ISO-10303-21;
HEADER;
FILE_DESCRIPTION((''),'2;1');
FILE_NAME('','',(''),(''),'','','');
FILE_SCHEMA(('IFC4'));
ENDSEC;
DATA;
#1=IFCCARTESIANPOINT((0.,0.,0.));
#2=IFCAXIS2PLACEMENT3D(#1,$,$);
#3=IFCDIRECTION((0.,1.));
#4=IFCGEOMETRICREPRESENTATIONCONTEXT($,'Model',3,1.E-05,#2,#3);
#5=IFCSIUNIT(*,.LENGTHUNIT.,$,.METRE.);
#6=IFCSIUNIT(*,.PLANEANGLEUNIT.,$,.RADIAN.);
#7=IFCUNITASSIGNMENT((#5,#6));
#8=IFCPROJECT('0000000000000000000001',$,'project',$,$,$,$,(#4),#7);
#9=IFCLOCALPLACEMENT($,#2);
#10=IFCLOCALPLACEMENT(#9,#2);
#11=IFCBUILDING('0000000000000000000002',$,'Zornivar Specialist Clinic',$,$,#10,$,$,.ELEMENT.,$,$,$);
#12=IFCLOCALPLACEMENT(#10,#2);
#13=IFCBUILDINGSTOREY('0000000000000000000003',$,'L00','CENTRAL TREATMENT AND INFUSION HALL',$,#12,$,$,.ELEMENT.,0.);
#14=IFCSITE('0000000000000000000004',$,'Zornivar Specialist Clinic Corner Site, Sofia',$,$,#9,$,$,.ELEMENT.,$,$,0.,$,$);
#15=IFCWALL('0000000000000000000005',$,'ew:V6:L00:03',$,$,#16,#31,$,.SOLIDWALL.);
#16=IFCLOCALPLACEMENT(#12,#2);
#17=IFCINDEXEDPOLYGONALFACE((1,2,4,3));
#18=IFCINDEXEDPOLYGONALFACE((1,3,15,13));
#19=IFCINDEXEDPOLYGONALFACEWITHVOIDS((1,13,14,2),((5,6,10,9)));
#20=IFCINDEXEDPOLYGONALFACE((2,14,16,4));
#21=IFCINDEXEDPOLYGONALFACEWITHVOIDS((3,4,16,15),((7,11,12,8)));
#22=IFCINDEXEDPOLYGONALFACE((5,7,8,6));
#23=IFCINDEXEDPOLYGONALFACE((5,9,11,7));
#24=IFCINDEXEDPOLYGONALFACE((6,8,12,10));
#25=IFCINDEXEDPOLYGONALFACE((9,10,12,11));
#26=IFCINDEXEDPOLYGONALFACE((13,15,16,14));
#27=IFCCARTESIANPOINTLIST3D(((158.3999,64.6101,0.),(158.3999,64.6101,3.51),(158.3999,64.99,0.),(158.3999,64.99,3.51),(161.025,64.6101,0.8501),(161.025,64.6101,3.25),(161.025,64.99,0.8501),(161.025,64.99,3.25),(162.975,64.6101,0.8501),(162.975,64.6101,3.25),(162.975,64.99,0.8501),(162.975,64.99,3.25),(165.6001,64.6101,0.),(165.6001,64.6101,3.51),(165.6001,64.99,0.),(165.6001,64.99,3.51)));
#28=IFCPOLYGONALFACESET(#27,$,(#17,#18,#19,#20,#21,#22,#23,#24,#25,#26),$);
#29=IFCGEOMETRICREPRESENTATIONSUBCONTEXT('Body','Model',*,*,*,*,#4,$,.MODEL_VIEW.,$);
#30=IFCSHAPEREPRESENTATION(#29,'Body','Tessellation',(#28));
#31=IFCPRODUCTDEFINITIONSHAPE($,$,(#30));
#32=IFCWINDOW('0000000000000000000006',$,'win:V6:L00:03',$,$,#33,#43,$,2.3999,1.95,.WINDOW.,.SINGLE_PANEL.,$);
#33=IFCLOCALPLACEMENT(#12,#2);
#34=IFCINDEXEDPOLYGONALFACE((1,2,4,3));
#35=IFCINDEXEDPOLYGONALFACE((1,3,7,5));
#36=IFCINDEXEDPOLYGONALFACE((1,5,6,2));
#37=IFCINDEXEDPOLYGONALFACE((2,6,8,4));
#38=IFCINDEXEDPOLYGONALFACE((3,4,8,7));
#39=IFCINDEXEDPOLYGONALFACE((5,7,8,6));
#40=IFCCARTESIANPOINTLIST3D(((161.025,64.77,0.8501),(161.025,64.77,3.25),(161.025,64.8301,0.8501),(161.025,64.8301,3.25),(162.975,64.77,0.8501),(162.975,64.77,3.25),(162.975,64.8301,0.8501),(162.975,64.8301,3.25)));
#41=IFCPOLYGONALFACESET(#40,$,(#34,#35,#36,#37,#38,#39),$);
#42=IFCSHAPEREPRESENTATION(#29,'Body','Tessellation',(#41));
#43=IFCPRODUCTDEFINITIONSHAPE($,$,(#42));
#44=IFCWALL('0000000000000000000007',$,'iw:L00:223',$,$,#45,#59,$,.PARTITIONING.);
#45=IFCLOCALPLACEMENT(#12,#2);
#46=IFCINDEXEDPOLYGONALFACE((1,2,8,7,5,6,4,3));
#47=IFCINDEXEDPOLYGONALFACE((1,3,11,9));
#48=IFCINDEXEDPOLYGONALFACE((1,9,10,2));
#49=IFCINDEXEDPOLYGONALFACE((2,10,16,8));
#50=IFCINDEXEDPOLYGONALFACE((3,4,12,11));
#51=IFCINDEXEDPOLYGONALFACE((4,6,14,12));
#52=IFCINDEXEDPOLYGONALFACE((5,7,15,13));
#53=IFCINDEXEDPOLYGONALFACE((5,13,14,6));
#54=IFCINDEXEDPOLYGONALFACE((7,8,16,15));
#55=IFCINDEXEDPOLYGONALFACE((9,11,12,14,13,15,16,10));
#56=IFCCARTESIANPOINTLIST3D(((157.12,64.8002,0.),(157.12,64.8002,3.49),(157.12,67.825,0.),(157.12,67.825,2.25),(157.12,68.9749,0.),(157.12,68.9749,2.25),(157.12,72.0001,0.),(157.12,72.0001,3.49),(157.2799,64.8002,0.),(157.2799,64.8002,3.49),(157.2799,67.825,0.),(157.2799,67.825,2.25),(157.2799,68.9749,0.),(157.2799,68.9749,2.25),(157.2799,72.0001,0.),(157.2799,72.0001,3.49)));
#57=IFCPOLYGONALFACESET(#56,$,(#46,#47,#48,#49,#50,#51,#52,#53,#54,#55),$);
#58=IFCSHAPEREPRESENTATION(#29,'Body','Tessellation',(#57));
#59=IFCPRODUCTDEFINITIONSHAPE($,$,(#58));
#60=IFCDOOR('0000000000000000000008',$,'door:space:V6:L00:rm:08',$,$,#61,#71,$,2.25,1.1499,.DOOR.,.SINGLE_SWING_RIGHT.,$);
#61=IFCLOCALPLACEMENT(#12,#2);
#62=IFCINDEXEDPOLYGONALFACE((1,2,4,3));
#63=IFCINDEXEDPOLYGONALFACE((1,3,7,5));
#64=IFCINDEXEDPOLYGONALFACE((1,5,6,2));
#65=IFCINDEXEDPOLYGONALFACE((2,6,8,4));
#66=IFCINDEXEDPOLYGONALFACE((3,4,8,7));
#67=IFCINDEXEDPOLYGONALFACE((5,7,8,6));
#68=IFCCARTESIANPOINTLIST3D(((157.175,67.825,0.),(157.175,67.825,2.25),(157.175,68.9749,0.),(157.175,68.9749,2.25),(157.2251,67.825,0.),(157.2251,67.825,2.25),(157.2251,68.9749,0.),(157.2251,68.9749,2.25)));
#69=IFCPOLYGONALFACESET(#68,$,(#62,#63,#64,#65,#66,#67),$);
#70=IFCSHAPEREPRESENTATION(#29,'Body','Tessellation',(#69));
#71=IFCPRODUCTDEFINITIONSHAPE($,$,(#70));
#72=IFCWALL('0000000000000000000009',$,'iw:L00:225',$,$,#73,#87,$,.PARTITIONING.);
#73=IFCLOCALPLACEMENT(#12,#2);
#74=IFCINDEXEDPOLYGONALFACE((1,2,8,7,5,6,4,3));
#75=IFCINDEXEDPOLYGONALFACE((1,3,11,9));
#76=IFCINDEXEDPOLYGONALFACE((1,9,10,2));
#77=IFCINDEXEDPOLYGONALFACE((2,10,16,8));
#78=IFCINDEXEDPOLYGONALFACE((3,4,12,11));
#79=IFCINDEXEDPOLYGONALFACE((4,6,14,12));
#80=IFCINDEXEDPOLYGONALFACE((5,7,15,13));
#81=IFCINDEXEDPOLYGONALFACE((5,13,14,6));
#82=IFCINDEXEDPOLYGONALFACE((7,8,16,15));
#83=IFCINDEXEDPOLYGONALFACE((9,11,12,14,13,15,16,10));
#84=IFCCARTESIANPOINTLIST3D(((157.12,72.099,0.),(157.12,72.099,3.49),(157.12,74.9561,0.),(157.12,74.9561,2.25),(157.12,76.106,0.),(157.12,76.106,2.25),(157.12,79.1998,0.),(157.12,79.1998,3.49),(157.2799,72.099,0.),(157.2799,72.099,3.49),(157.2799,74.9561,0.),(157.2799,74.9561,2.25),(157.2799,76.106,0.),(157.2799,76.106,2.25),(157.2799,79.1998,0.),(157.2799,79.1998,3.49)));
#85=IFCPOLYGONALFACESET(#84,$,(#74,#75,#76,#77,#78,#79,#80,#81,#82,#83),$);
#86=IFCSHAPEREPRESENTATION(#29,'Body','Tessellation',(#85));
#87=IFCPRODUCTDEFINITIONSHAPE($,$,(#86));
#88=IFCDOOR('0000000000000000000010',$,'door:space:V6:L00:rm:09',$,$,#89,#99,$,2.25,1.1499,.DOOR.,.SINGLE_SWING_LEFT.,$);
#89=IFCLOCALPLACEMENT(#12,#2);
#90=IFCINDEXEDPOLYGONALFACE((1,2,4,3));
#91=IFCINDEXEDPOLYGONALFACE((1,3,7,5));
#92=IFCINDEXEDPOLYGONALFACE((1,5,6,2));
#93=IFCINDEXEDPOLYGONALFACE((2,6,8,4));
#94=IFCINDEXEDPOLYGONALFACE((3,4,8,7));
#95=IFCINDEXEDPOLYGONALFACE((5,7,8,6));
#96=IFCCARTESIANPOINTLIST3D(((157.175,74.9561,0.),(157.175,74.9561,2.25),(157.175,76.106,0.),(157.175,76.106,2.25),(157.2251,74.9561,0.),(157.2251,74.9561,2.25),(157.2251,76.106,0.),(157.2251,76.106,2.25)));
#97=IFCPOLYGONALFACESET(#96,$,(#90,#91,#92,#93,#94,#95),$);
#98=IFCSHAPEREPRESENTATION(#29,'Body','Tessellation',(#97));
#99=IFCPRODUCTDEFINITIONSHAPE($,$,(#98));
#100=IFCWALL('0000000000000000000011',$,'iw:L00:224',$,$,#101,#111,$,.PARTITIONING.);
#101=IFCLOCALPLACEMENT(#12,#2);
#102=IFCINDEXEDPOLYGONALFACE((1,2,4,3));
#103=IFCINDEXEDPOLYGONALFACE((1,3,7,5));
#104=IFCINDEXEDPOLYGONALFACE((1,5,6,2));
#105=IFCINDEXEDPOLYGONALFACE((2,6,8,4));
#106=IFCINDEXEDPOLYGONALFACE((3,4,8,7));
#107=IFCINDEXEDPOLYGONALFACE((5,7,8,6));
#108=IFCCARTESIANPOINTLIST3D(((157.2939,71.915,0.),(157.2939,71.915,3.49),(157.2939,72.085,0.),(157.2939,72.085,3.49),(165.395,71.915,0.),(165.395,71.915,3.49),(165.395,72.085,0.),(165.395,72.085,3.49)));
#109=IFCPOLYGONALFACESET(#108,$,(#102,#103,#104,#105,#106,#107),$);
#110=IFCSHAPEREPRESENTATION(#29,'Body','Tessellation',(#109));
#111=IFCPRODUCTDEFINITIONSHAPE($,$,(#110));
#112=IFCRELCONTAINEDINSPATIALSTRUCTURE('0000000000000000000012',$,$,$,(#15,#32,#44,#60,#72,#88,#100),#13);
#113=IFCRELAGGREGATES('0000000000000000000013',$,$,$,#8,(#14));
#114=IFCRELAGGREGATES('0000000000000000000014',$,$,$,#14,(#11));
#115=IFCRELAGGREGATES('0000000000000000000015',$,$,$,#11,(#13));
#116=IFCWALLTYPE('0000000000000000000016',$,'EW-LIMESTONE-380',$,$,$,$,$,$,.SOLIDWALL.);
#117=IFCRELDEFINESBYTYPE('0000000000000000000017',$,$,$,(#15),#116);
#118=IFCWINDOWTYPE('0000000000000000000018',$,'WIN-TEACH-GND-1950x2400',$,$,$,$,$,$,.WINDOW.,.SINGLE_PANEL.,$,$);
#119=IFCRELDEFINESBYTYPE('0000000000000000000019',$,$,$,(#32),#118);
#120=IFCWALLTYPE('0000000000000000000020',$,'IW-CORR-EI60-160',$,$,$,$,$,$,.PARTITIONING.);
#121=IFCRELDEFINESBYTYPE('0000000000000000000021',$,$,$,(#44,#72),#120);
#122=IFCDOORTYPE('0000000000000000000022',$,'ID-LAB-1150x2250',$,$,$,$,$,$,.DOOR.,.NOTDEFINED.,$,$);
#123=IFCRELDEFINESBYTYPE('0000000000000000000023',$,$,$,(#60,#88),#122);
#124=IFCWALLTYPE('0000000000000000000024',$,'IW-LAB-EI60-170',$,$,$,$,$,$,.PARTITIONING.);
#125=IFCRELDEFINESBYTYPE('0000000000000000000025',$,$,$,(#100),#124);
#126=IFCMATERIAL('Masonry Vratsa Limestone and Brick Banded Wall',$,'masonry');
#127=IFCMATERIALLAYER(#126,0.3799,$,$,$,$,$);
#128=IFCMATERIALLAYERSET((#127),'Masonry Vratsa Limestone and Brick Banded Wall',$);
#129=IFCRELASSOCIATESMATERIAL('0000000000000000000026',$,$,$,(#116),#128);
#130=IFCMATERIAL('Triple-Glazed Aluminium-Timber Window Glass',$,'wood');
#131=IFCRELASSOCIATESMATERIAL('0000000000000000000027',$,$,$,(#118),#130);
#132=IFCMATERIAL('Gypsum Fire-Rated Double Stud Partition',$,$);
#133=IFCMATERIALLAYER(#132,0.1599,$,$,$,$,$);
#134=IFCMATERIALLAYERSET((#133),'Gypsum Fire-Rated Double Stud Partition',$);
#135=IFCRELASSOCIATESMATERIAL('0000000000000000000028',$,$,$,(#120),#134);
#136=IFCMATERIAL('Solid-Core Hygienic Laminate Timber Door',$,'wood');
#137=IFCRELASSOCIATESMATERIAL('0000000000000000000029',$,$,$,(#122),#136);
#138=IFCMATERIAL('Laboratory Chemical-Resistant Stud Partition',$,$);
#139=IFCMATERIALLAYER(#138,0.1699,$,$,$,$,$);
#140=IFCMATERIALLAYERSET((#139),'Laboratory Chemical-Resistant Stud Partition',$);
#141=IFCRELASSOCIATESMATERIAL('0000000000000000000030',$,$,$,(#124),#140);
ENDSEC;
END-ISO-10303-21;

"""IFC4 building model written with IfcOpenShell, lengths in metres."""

from ifc_helpers import new_model, si_unit, direction, frame, frame_2d, origin, place, context, subcontext, project, spatial, rectangle, extrude, material, layer, layer_set, type_object, element, fill, save


model = new_model("IFC4")

# Units and contexts
model_context = context("Model", 3, precision=1e-05, world=origin(), true_north=direction((0.0, 1.0)))
body_context = subcontext(model_context, "Body", "Model", "MODEL_VIEW")
ifc_project = project(units=[si_unit("LENGTHUNIT", "METRE"), si_unit("PLANEANGLEUNIT", "RADIAN")], contexts=[model_context])

# Site, building, storey
site_placement = place(None, origin())
site = spatial("IfcSite", under=ifc_project, at=site_placement, Name="Zornivar Specialist Clinic Corner Site, Sofia", CompositionType="ELEMENT", RefElevation=0.0)
building_placement = place(site_placement, origin())
building = spatial("IfcBuilding", under=site, at=building_placement, Name="Zornivar Specialist Clinic", CompositionType="ELEMENT")
storey_placement = place(building_placement, origin())
storey = spatial("IfcBuildingStorey", under=building, at=storey_placement, Name="L00", Description="CENTRAL TREATMENT AND INFUSION HALL", CompositionType="ELEMENT", Elevation=0.0)

# Wall, opening, window
ifc_material_1 = material(Name="Masonry Vratsa Limestone and Brick Banded Wall", Category="masonry")
ifc_layer_1 = layer(ifc_material_1, 0.3799)
ifc_layer_set_1 = layer_set([ifc_layer_1], Name="Masonry Vratsa Limestone and Brick Banded Wall")
wall_type_1 = type_object("IfcWallType", Name="EW-LIMESTONE-380", PredefinedType="SOLIDWALL", material=ifc_layer_set_1)
wall_1_placement = place(storey_placement, frame((158.3999, 64.8, 0.0), z_axis=(0.0, 0.0, 1.0), x_axis=(1.0, 0.0, 0.0)))
wall_1 = element("IfcWall", 1, at=wall_1_placement, inside=storey, type_object=wall_type_1, Name="ew:V6:L00:03", PredefinedType="SOLIDWALL", context=body_context, shape_type="SweptSolid", body=[
    extrude(rectangle(XDim=7.2002, YDim=0.3799, at=frame_2d((3.6001, 0.0))), origin(), (0.0, 0.0, 1.0), 3.51),
])
opening_1_placement = place(wall_1_placement, frame((2.625, 0.0, 0.8501)))
opening_1 = element("IfcOpeningElement", 2, at=opening_1_placement, cuts=wall_1, PredefinedType="OPENING", context=body_context, shape_type="SweptSolid", body=[
    extrude(rectangle(XDim=1.95, YDim=2.3999, at=frame_2d((0.9751, 1.2))), frame((0.0, 0.2, 0.0), z_axis=(0.0, -1.0, 0.0), x_axis=(1.0, 0.0, 0.0)), (0.0, 0.0, 1.0), 0.3999),
])
ifc_material_2 = material(Name="Triple-Glazed Aluminium-Timber Window Glass", Category="wood")
window_type = type_object("IfcWindowType", Name="WIN-TEACH-GND-1950x2400", PartitioningType="SINGLE_PANEL", PredefinedType="WINDOW", material=ifc_material_2)
window_placement = place(opening_1_placement, origin())
window = element("IfcWindow", 3, at=window_placement, inside=storey, type_object=window_type, Name="win:V6:L00:03", OverallHeight=2.3999, OverallWidth=1.95, PartitioningType="SINGLE_PANEL", PredefinedType="WINDOW", context=body_context, shape_type="SweptSolid", body=[
    extrude(rectangle(XDim=1.95, YDim=2.3999, at=frame_2d((0.9751, 1.2))), frame((0.0, 0.03, 0.0), z_axis=(0.0, -1.0, 0.0), x_axis=(1.0, 0.0, 0.0)), (0.0, 0.0, 1.0), 0.0601),
])
fill(opening_1, window)

# Walls, openings, doors
ifc_material_3 = material(Name="Gypsum Fire-Rated Double Stud Partition")
ifc_layer_2 = layer(ifc_material_3, 0.1599)
ifc_layer_set_2 = layer_set([ifc_layer_2], Name="Gypsum Fire-Rated Double Stud Partition")
wall_type_2 = type_object("IfcWallType", Name="IW-CORR-EI60-160", PredefinedType="PARTITIONING", material=ifc_layer_set_2)
wall_2_placement = place(storey_placement, frame((157.2, 64.8, 0.0), z_axis=(0.0, 0.0, 1.0), x_axis=(0.0, 1.0, 0.0)))
wall_2 = element("IfcWall", 4, at=wall_2_placement, inside=storey, type_object=wall_type_2, Name="iw:L00:223", PredefinedType="PARTITIONING", context=body_context, shape_type="SweptSolid", body=[
    extrude(rectangle(XDim=7.2, YDim=0.1599, at=frame_2d((3.6001, 0.0))), origin(), (0.0, 0.0, 1.0), 3.49),
])
opening_2_placement = place(wall_2_placement, frame((3.0249, 0.0, 0.0)))
opening_2 = element("IfcOpeningElement", 5, at=opening_2_placement, cuts=wall_2, PredefinedType="OPENING", context=body_context, shape_type="SweptSolid", body=[
    extrude(rectangle(XDim=1.1499, YDim=2.25, at=frame_2d((0.575, 1.125))), frame((0.0, 0.0898, 0.0), z_axis=(0.0, -1.0, 0.0), x_axis=(1.0, 0.0, 0.0)), (0.0, 0.0, 1.0), 0.1799),
])
ifc_material_4 = material(Name="Solid-Core Hygienic Laminate Timber Door", Category="wood")
door_type = type_object("IfcDoorType", Name="ID-LAB-1150x2250", OperationType="NOTDEFINED", PredefinedType="DOOR", material=ifc_material_4)
door_1_placement = place(opening_2_placement, origin())
door_1 = element("IfcDoor", 6, at=door_1_placement, inside=storey, type_object=door_type, Name="door:space:V6:L00:rm:08", OperationType="SINGLE_SWING_RIGHT", OverallHeight=2.25, OverallWidth=1.1499, PredefinedType="DOOR", context=body_context, shape_type="SweptSolid", body=[
    extrude(rectangle(XDim=1.1499, YDim=2.25, at=frame_2d((0.575, 1.125))), frame((0.0, 0.0249, 0.0), z_axis=(0.0, -1.0, 0.0), x_axis=(1.0, 0.0, 0.0)), (0.0, 0.0, 1.0), 0.05),
])
fill(opening_2, door_1)
wall_3_placement = place(storey_placement, frame((157.2, 72.0991, 0.0), z_axis=(0.0, 0.0, 1.0), x_axis=(0.0, 1.0, 0.0)))
wall_3 = element("IfcWall", 7, at=wall_3_placement, inside=storey, type_object=wall_type_2, Name="iw:L00:225", PredefinedType="PARTITIONING", context=body_context, shape_type="SweptSolid", body=[
    extrude(rectangle(XDim=7.1008, YDim=0.1599, at=frame_2d((3.5503, 0.0))), origin(), (0.0, 0.0, 1.0), 3.49),
])
opening_3_placement = place(wall_3_placement, frame((2.8569, 0.0, 0.0)))
opening_3 = element("IfcOpeningElement", 8, at=opening_3_placement, cuts=wall_3, PredefinedType="OPENING", context=body_context, shape_type="SweptSolid", body=[
    extrude(rectangle(XDim=1.1499, YDim=2.25, at=frame_2d((0.575, 1.125))), frame((0.0, 0.0898, 0.0), z_axis=(0.0, -1.0, 0.0), x_axis=(1.0, 0.0, 0.0)), (0.0, 0.0, 1.0), 0.1799),
])
door_2_placement = place(opening_3_placement, origin())
door_2 = element("IfcDoor", 9, at=door_2_placement, inside=storey, type_object=door_type, Name="door:space:V6:L00:rm:09", OperationType="SINGLE_SWING_LEFT", OverallHeight=2.25, OverallWidth=1.1499, PredefinedType="DOOR", context=body_context, shape_type="SweptSolid", body=[
    extrude(rectangle(XDim=1.1499, YDim=2.25, at=frame_2d((0.575, 1.125))), frame((0.0, 0.0249, 0.0), z_axis=(0.0, -1.0, 0.0), x_axis=(1.0, 0.0, 0.0)), (0.0, 0.0, 1.0), 0.05),
])
fill(opening_3, door_2)

# Wall
ifc_material_5 = material(Name="Laboratory Chemical-Resistant Stud Partition")
ifc_layer_3 = layer(ifc_material_5, 0.1699)
ifc_layer_set_3 = layer_set([ifc_layer_3], Name="Laboratory Chemical-Resistant Stud Partition")
wall_type_3 = type_object("IfcWallType", Name="IW-LAB-EI60-170", PredefinedType="PARTITIONING", material=ifc_layer_set_3)
wall_4_placement = place(storey_placement, frame((157.2939, 72.0, 0.0), z_axis=(0.0, 0.0, 1.0), x_axis=(1.0, 0.0, 0.0)))
element("IfcWall", 10, at=wall_4_placement, inside=storey, type_object=wall_type_3, Name="iw:L00:224", PredefinedType="PARTITIONING", context=body_context, shape_type="SweptSolid", body=[
    extrude(rectangle(XDim=8.1011, YDim=0.1699, at=frame_2d((4.0505, 0.0))), origin(), (0.0, 0.0, 1.0), 3.49),
])

save(model, "model.ifc")
